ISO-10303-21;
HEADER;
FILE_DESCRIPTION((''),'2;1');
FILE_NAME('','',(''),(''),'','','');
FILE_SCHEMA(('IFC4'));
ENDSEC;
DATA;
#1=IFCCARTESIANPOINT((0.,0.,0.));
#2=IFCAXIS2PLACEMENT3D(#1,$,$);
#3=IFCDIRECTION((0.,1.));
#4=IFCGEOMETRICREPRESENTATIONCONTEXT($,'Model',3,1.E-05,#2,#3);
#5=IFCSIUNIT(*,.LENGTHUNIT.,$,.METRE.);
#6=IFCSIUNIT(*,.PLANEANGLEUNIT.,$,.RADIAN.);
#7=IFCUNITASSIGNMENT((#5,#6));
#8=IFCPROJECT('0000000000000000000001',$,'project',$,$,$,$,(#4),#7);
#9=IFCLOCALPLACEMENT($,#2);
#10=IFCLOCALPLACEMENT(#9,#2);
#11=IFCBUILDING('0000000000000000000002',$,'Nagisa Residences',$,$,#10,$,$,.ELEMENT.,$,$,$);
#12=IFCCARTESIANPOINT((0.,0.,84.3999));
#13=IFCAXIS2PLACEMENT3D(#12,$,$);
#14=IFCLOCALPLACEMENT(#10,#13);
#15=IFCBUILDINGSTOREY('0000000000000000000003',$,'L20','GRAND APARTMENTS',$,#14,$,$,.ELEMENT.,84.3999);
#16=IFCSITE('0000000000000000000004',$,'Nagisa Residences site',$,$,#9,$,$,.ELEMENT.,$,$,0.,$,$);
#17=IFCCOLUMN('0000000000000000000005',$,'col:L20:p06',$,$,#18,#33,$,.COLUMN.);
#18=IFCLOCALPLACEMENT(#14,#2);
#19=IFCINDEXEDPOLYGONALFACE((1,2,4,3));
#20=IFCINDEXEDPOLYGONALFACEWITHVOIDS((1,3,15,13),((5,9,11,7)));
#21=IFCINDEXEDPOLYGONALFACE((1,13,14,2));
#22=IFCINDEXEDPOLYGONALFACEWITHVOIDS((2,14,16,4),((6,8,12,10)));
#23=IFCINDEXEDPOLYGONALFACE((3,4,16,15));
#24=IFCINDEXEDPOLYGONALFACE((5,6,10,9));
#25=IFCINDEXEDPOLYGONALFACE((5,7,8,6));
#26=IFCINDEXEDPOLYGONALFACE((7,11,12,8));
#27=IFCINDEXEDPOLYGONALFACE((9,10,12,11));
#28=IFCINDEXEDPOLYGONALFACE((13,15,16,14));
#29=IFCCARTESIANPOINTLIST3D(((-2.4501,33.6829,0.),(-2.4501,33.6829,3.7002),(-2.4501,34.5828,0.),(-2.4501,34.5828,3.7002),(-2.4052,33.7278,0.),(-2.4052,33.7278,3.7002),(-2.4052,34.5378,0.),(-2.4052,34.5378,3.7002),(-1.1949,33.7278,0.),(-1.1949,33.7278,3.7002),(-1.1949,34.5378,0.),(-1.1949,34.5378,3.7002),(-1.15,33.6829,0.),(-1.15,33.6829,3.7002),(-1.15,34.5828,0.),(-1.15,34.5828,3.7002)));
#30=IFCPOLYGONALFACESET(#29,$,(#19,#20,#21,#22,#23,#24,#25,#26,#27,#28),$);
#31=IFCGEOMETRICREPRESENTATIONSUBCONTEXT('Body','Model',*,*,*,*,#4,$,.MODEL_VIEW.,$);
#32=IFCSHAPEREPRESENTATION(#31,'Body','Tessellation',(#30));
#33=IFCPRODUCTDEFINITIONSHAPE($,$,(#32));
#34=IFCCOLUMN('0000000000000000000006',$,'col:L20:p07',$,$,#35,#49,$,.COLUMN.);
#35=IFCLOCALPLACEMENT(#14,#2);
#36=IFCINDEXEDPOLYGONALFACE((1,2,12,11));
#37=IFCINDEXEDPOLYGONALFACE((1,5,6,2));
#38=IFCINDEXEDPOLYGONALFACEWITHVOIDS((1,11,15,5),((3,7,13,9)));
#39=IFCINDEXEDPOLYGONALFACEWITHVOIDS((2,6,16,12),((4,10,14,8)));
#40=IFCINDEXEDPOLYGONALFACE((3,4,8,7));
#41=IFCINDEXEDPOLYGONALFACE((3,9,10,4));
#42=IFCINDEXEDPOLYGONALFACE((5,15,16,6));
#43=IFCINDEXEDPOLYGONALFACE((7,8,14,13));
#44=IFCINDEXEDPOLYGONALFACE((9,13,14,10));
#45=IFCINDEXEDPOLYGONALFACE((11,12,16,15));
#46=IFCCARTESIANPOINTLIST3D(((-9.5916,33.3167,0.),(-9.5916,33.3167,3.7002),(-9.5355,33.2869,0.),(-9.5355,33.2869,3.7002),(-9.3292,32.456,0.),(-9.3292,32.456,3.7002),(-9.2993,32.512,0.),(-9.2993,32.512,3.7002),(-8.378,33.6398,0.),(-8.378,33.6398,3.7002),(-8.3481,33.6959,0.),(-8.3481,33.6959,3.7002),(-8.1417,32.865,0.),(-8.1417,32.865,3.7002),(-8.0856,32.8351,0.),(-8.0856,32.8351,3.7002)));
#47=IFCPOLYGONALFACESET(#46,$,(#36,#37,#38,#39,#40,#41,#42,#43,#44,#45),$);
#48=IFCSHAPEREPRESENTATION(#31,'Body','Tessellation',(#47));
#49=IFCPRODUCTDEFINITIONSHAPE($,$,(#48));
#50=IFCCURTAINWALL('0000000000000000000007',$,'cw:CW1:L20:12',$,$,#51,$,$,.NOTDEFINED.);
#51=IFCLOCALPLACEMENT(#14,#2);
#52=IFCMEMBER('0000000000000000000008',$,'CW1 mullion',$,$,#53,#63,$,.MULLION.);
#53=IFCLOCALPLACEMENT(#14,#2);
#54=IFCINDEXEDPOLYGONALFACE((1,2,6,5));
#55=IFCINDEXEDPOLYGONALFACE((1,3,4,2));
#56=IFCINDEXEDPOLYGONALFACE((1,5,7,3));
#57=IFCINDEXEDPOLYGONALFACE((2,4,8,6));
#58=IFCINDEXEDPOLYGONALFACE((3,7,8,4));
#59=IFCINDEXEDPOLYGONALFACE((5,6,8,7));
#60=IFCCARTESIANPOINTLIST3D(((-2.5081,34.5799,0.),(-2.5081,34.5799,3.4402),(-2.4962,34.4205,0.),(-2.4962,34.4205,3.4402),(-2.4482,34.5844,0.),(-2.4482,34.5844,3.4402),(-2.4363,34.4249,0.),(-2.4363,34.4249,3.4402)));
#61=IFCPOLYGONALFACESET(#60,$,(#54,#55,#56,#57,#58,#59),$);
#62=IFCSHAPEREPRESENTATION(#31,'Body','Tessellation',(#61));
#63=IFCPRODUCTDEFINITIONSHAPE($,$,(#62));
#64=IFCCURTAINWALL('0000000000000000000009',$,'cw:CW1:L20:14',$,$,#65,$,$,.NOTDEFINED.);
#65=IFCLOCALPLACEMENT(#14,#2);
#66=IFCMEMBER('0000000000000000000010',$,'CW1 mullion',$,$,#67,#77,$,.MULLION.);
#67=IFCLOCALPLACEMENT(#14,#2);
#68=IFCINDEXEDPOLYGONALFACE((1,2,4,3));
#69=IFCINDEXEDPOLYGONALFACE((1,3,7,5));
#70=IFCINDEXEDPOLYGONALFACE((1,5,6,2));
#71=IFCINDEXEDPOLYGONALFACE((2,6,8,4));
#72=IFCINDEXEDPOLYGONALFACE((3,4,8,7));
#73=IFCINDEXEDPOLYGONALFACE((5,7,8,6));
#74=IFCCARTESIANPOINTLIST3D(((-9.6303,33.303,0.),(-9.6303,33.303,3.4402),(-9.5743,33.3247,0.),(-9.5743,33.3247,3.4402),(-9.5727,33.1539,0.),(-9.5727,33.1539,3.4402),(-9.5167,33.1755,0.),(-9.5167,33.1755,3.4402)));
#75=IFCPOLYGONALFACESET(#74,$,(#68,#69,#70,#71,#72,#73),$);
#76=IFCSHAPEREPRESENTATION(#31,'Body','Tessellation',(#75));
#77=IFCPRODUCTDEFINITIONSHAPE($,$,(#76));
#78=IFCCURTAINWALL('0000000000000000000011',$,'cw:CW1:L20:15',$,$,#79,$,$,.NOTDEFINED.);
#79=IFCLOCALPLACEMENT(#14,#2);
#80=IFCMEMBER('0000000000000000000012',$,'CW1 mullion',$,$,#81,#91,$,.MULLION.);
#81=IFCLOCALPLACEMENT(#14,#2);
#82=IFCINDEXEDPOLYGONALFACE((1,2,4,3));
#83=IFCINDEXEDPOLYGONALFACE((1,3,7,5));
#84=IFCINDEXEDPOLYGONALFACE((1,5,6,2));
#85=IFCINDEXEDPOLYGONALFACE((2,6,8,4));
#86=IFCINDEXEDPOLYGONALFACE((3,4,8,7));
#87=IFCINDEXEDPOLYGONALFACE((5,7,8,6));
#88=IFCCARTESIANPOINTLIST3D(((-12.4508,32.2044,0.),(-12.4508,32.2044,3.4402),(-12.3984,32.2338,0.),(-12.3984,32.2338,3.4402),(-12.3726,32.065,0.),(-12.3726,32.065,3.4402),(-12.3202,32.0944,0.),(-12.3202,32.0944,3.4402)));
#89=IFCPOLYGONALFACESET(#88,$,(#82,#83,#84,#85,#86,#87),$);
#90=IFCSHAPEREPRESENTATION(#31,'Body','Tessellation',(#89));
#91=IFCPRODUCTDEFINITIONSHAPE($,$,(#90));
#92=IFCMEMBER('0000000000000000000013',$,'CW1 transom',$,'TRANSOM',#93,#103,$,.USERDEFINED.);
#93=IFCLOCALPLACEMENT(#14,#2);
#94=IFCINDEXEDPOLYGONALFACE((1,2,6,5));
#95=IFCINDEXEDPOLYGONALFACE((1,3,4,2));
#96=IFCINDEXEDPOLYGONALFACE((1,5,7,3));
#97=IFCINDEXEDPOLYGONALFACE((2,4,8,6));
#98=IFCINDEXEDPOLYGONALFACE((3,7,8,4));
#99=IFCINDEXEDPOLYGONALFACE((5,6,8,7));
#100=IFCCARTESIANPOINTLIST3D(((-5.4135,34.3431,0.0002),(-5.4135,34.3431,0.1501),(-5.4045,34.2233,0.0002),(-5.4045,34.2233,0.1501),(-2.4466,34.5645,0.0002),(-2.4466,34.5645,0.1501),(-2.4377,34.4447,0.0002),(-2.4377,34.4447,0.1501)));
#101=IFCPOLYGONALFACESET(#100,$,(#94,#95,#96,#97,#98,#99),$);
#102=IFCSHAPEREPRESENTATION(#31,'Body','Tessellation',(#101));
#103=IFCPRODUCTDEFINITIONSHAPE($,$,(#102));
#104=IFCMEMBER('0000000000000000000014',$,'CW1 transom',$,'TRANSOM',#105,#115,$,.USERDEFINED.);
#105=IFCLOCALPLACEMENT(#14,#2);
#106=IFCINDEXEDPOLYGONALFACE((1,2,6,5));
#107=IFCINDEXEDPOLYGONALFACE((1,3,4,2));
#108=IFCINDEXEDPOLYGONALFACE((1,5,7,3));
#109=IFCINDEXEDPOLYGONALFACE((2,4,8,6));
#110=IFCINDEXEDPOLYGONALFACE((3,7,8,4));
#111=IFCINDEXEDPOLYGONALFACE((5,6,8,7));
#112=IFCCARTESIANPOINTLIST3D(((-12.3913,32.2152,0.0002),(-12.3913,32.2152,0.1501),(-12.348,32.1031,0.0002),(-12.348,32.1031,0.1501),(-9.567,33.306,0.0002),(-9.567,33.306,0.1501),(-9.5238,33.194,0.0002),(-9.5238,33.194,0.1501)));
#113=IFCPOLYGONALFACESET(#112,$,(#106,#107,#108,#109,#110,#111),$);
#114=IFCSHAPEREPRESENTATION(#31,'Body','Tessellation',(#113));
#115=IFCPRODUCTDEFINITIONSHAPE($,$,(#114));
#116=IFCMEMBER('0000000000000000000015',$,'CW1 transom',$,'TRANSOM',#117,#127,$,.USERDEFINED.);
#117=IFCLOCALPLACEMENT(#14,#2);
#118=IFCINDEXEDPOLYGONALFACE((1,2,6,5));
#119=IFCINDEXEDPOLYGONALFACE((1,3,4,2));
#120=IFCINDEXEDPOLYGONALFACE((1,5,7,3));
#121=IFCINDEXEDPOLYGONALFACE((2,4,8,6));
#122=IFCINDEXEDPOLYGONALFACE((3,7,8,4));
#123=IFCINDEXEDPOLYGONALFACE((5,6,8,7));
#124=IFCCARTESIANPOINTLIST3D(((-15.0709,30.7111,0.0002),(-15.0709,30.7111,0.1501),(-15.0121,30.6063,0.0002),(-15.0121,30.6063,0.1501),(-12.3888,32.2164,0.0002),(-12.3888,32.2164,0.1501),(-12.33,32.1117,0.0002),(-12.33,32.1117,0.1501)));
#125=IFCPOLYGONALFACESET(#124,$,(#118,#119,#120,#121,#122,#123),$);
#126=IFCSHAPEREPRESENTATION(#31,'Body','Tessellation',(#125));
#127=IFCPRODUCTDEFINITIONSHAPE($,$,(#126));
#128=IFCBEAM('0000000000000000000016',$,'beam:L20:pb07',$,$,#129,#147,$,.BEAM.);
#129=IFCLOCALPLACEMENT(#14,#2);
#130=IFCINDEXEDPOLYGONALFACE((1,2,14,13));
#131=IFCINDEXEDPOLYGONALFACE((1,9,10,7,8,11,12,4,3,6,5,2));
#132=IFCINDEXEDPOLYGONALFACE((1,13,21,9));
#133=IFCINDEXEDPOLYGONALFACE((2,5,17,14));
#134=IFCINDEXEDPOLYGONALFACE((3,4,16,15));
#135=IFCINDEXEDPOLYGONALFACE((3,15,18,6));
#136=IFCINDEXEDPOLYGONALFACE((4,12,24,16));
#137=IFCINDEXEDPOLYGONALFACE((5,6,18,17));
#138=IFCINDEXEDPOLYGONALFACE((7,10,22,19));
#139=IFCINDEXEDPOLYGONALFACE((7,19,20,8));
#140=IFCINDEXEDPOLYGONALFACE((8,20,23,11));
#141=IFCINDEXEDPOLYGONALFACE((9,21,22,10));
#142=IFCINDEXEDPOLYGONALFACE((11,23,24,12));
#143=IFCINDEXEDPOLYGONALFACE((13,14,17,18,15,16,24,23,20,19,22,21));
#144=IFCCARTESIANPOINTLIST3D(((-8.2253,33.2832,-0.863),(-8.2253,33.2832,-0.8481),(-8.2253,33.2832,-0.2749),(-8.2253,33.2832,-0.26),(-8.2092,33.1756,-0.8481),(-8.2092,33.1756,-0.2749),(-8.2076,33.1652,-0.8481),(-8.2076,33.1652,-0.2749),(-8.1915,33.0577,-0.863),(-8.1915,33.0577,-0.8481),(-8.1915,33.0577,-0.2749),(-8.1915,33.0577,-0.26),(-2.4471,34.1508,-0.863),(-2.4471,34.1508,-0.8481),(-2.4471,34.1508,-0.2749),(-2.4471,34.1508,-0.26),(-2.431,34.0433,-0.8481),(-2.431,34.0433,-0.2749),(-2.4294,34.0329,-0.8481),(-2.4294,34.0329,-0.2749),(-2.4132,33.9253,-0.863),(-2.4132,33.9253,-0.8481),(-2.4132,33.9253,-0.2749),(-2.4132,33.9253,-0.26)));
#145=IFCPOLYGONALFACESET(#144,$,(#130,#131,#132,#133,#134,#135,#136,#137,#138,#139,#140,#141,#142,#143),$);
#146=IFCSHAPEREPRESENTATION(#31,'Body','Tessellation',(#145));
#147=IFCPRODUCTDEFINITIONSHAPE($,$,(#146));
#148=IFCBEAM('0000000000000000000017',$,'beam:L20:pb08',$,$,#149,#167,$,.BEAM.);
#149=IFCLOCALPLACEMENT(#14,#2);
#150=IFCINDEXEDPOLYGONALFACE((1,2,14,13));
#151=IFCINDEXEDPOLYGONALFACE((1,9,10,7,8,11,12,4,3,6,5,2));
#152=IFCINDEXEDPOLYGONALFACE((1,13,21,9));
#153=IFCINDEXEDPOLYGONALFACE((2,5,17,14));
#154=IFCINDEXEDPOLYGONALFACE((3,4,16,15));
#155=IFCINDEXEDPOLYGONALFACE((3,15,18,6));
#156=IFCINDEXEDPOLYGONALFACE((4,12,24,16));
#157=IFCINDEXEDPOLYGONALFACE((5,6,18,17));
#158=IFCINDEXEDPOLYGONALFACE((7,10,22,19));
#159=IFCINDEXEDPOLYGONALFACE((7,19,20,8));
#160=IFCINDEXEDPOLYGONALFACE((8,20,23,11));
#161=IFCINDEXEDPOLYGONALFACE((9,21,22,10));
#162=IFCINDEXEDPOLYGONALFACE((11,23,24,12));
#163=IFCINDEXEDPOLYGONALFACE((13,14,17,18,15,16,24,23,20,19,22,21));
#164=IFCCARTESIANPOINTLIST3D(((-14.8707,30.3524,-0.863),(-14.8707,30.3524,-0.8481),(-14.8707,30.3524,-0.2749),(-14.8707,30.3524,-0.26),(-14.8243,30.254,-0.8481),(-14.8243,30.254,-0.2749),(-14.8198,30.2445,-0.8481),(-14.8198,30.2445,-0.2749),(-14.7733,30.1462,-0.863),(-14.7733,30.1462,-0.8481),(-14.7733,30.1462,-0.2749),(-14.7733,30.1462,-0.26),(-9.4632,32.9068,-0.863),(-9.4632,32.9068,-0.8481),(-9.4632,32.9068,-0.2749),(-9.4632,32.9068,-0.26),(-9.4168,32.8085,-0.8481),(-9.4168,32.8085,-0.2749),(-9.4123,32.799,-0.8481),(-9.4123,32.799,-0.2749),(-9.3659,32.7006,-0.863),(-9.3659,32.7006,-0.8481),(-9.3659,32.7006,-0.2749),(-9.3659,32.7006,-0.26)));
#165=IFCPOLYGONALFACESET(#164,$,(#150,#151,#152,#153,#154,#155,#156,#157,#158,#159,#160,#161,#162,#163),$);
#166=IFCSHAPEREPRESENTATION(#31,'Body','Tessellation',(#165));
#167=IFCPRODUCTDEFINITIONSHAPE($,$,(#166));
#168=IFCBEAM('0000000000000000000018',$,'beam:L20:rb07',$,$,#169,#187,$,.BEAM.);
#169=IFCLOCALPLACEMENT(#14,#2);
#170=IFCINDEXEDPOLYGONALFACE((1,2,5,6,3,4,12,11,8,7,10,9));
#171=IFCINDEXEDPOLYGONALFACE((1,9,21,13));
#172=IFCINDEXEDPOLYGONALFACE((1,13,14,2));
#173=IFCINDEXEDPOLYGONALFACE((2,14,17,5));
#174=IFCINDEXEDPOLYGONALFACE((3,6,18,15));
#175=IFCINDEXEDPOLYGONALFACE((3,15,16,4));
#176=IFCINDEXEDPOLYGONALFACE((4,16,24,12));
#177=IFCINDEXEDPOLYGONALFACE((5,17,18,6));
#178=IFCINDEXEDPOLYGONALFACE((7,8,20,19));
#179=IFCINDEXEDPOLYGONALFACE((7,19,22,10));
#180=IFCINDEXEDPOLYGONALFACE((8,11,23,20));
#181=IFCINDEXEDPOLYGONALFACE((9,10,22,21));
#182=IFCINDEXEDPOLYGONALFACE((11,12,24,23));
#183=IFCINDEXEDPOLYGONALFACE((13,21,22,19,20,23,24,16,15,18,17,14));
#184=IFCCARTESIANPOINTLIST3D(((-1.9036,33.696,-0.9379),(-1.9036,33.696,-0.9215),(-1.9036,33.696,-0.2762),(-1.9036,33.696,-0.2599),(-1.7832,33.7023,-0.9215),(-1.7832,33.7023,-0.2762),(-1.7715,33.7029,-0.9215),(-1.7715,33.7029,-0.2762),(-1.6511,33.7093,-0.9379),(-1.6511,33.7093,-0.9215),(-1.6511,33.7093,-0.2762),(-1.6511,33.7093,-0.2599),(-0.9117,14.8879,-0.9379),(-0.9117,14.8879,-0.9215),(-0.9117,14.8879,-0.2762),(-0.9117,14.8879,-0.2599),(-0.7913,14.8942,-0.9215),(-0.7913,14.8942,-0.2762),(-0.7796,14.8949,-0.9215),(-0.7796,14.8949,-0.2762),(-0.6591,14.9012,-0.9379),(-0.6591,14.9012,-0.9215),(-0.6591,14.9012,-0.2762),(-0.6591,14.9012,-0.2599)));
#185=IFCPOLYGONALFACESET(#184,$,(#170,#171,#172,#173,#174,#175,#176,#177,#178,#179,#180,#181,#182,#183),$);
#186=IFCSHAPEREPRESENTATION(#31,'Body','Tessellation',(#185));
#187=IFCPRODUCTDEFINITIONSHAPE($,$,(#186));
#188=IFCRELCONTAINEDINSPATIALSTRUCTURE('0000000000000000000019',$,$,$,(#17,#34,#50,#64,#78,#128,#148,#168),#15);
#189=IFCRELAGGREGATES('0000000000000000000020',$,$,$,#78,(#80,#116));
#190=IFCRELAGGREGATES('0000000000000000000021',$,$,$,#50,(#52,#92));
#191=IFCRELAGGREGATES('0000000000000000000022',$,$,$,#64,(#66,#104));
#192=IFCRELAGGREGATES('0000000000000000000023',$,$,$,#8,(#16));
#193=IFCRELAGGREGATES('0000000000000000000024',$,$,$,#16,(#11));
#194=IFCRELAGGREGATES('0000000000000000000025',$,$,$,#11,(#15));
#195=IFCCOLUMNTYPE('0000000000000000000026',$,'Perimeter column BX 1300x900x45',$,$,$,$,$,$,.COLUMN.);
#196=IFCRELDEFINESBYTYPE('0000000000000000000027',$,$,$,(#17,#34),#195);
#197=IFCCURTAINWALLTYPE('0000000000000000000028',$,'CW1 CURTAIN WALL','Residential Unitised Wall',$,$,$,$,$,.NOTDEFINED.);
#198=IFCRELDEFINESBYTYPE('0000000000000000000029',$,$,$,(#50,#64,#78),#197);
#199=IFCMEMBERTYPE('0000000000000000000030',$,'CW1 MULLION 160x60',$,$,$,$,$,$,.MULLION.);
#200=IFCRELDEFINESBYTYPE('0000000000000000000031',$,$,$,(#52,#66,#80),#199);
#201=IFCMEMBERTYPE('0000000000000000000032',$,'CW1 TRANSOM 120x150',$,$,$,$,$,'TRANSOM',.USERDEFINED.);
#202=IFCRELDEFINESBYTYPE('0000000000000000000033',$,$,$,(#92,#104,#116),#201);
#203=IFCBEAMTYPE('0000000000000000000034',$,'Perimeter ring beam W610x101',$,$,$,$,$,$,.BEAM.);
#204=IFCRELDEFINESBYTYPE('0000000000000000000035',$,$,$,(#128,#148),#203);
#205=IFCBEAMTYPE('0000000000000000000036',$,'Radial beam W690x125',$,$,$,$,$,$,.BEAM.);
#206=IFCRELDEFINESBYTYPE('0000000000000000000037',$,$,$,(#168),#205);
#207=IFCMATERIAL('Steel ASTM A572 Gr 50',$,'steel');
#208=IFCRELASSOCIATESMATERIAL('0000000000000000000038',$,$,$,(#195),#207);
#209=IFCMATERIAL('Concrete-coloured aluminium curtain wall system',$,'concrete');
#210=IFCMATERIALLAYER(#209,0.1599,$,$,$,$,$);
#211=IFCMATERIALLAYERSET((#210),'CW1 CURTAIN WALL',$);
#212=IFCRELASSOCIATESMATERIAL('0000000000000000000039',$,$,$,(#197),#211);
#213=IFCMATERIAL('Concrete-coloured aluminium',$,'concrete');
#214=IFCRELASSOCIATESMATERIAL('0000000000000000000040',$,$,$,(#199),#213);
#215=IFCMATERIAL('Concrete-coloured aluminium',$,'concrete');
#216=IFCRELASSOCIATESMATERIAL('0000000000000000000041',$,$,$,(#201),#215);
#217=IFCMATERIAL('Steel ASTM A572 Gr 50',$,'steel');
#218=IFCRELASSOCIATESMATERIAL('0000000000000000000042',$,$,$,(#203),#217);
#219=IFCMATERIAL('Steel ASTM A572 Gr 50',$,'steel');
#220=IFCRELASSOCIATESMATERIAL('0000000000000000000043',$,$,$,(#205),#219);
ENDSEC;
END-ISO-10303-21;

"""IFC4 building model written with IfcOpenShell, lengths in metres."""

from ifc_helpers import new_model, si_unit, direction, frame, origin, origin_2d, place, context, subcontext, project, spatial, rectangle, hollow_rectangle, i_section, extrude, material, layer, layer_set, material_profile, profile_set, type_object, element, aggregate, save


model = new_model("IFC4")

# Units and contexts
model_context = context("Model", 3, precision=1e-05, world=origin(), true_north=direction((0.0, 1.0)))
body_context = subcontext(model_context, "Body", "Model", "MODEL_VIEW")
ifc_project = project(units=[si_unit("LENGTHUNIT", "METRE"), si_unit("PLANEANGLEUNIT", "RADIAN")], contexts=[model_context])

# Site, building, storey
site_placement = place(None, origin())
site = spatial("IfcSite", under=ifc_project, at=site_placement, Name="Nagisa Residences site", CompositionType="ELEMENT", RefElevation=0.0)
building_placement = place(site_placement, origin())
building = spatial("IfcBuilding", under=site, at=building_placement, Name="Nagisa Residences", CompositionType="ELEMENT")
storey_placement = place(building_placement, frame((0.0, 0.0, 84.3999)))
storey = spatial("IfcBuildingStorey", under=building, at=storey_placement, Name="L20", Description="GRAND APARTMENTS", CompositionType="ELEMENT", Elevation=84.3999)

# Columns
ifc_material_1 = material(Name="Steel ASTM A572 Gr 50", Category="steel")
ifc_material_profile_1 = material_profile(ifc_material_1, hollow_rectangle(XDim=1.3, YDim=0.8999, WallThickness=0.0449, at=origin_2d()), Name="BX 1300x900x45")
ifc_profile_set_1 = profile_set([ifc_material_profile_1], Name="Steel ASTM A572 Gr 50")
column_type = type_object("IfcColumnType", Name="Perimeter column BX 1300x900x45", PredefinedType="COLUMN", material=ifc_profile_set_1)
for number, where, z_axis, x_axis, name in (
    (1, (-1.8, 34.1328, 0.0), (0.0, 0.0, 1.0), (-1.0, 0.0, 0.0), "col:L20:p06"),
    (2, (-8.8386, 33.0759, 0.0), (0.0, 0.0, 1.0), (-0.956525, -0.291652, 0.0), "col:L20:p07"),
):
    element("IfcColumn", number, at=place(storey_placement, frame(where, z_axis=z_axis, x_axis=x_axis)), inside=storey, type_object=column_type, Name=name, PredefinedType="COLUMN", context=body_context, shape_type="SweptSolid", body=[
        extrude(hollow_rectangle(XDim=1.3, YDim=0.8999, WallThickness=0.0449, at=origin_2d()), origin(), (0.0, 0.0, 1.0), 3.7002),
    ])

# Curtain walls, members
ifc_material_2 = material(Name="Concrete-coloured aluminium curtain wall system", Category="concrete")
ifc_layer_1 = layer(ifc_material_2, 0.1599)
ifc_layer_set_1 = layer_set([ifc_layer_1], Name="CW1 CURTAIN WALL")
curtain_wall_type = type_object("IfcCurtainWallType", Name="CW1 CURTAIN WALL", Description="Residential Unitised Wall", PredefinedType="NOTDEFINED", material=ifc_layer_set_1)
curtain_wall_1_placement = place(storey_placement, origin())
curtain_wall_1 = element("IfcCurtainWall", 3, at=curtain_wall_1_placement, inside=storey, type_object=curtain_wall_type, Name="cw:CW1:L20:12", PredefinedType="NOTDEFINED")
ifc_material_3 = material(Name="Concrete-coloured aluminium", Category="concrete")
ifc_material_profile_2 = material_profile(ifc_material_3, rectangle(XDim=0.1599, YDim=0.0601, at=origin_2d()), Name="CW1 MULLION 160x60")
ifc_profile_set_2 = profile_set([ifc_material_profile_2], Name="Concrete-coloured aluminium")
member_type_1 = type_object("IfcMemberType", Name="CW1 MULLION 160x60", PredefinedType="MULLION", material=ifc_profile_set_2)
member_1_placement = place(storey_placement, frame((-2.4722, 34.5024, 0.0), z_axis=(0.0, 0.0, 1.0), x_axis=(0.074377, -0.99723, 0.0)))
member_1 = element("IfcMember", 4, at=member_1_placement, type_object=member_type_1, Name="CW1 mullion", PredefinedType="MULLION", context=body_context, shape_type="SweptSolid", body=[
    extrude(rectangle(XDim=0.1599, YDim=0.0601, at=origin_2d()), origin(), (0.0, 0.0, 1.0), 3.4402),
])
curtain_wall_2_placement = place(storey_placement, origin())
curtain_wall_2 = element("IfcCurtainWall", 5, at=curtain_wall_2_placement, inside=storey, type_object=curtain_wall_type, Name="cw:CW1:L20:14", PredefinedType="NOTDEFINED")
member_2_placement = place(storey_placement, frame((-9.5735, 33.2393, 0.0), z_axis=(0.0, 0.0, 1.0), x_axis=(0.360328, -0.932826, 0.0)))
member_2 = element("IfcMember", 6, at=member_2_placement, type_object=member_type_1, Name="CW1 mullion", PredefinedType="MULLION", context=body_context, shape_type="SweptSolid", body=[
    extrude(rectangle(XDim=0.1599, YDim=0.0601, at=origin_2d()), origin(), (0.0, 0.0, 1.0), 3.4402),
])
curtain_wall_3_placement = place(storey_placement, origin())
curtain_wall_3 = element("IfcCurtainWall", 7, at=curtain_wall_3_placement, inside=storey, type_object=curtain_wall_type, Name="cw:CW1:L20:15", PredefinedType="NOTDEFINED")
member_3_placement = place(storey_placement, frame((-12.3855, 32.1494, 0.0), z_axis=(0.0, 0.0, 1.0), x_axis=(0.489377, -0.872072, 0.0)))
member_3 = element("IfcMember", 8, at=member_3_placement, type_object=member_type_1, Name="CW1 mullion", PredefinedType="MULLION", context=body_context, shape_type="SweptSolid", body=[
    extrude(rectangle(XDim=0.1599, YDim=0.0601, at=origin_2d()), origin(), (0.0, 0.0, 1.0), 3.4402),
])

# Members
ifc_material_4 = material(Name="Concrete-coloured aluminium", Category="concrete")
ifc_material_profile_3 = material_profile(ifc_material_4, rectangle(XDim=0.1201, YDim=0.1499, at=origin_2d()), Name="CW1 TRANSOM 120x150")
ifc_profile_set_3 = profile_set([ifc_material_profile_3], Name="Concrete-coloured aluminium")
member_type_2 = type_object("IfcMemberType", Name="CW1 TRANSOM 120x150", ElementType="TRANSOM", PredefinedType="USERDEFINED", material=ifc_profile_set_3)
member_4_placement = place(storey_placement, frame((-2.4421, 34.5046, 0.0752), z_axis=(-0.997226, -0.074431, 0.0), x_axis=(0.074431, -0.997226, 0.0)))
member_4 = element("IfcMember", 9, at=member_4_placement, type_object=member_type_2, Name="CW1 transom", ObjectType="TRANSOM", PredefinedType="USERDEFINED", context=body_context, shape_type="SweptSolid", body=[
    extrude(rectangle(XDim=0.1201, YDim=0.1499, at=origin_2d()), origin(), (0.0, 0.0, 1.0), 2.9751),
])
member_5_placement = place(storey_placement, frame((-9.5454, 33.25, 0.0752), z_axis=(-0.932838, -0.360297, 0.0), x_axis=(0.360297, -0.932838, 0.0)))
member_5 = element("IfcMember", 10, at=member_5_placement, type_object=member_type_2, Name="CW1 transom", ObjectType="TRANSOM", PredefinedType="USERDEFINED", context=body_context, shape_type="SweptSolid", body=[
    extrude(rectangle(XDim=0.1201, YDim=0.1499, at=origin_2d()), origin(), (0.0, 0.0, 1.0), 3.0276),
])
member_6_placement = place(storey_placement, frame((-12.3594, 32.1641, 0.0752), z_axis=(-0.872037, -0.489439, 0.0), x_axis=(0.489439, -0.872037, 0.0)))
member_6 = element("IfcMember", 11, at=member_6_placement, type_object=member_type_2, Name="CW1 transom", ObjectType="TRANSOM", PredefinedType="USERDEFINED", context=body_context, shape_type="SweptSolid", body=[
    extrude(rectangle(XDim=0.1201, YDim=0.1499, at=origin_2d()), origin(), (0.0, 0.0, 1.0), 3.0757),
])
aggregate(curtain_wall_3, [member_3, member_6])

# Beams
ifc_material_5 = material(Name="Steel ASTM A572 Gr 50", Category="steel")
ifc_material_profile_4 = material_profile(ifc_material_5, i_section(OverallWidth=0.228, OverallDepth=0.603, WebThickness=0.0105, FlangeThickness=0.0149, at=origin_2d()), Name="W610x101")
ifc_profile_set_4 = profile_set([ifc_material_profile_4], Name="Steel ASTM A572 Gr 50")
beam_type_1 = type_object("IfcBeamType", Name="Perimeter ring beam W610x101", PredefinedType="BEAM", material=ifc_profile_set_4)
beam_1_placement = place(storey_placement, frame((-2.4302, 34.0381, -0.5615), z_axis=(-0.988913, -0.148496, 0.0), x_axis=(0.148496, -0.988913, 0.0)))
element("IfcBeam", 12, at=beam_1_placement, inside=storey, type_object=beam_type_1, Name="beam:L20:pb07", PredefinedType="BEAM", context=body_context, shape_type="SweptSolid", body=[
    extrude(i_section(OverallWidth=0.228, OverallDepth=0.603, WebThickness=0.0105, FlangeThickness=0.0149, at=origin_2d()), origin(), (0.0, 0.0, 1.0), 5.843),
])
beam_2_placement = place(storey_placement, frame((-9.4146, 32.8037, -0.5615), z_axis=(-0.90419, -0.427131, 0.0), x_axis=(0.427131, -0.90419, 0.0)))
element("IfcBeam", 13, at=beam_2_placement, inside=storey, type_object=beam_type_1, Name="beam:L20:pb08", PredefinedType="BEAM", context=body_context, shape_type="SweptSolid", body=[
    extrude(i_section(OverallWidth=0.228, OverallDepth=0.603, WebThickness=0.0105, FlangeThickness=0.0149, at=origin_2d()), origin(), (0.0, 0.0, 1.0), 5.9805),
])
ifc_material_6 = material(Name="Steel ASTM A572 Gr 50", Category="steel")
ifc_material_profile_5 = material_profile(ifc_material_6, i_section(OverallWidth=0.2529, OverallDepth=0.678, WebThickness=0.0117, FlangeThickness=0.0164, at=origin_2d()), Name="W690x125")
ifc_profile_set_5 = profile_set([ifc_material_profile_5], Name="Steel ASTM A572 Gr 50")
beam_type_2 = type_object("IfcBeamType", Name="Radial beam W690x125", PredefinedType="BEAM", material=ifc_profile_set_5)
beam_3_placement = place(storey_placement, frame((-1.7773, 33.7026, -0.5989), z_axis=(0.052667, -0.998612, 0.0), x_axis=(0.998612, 0.052667, 0.0)))
element("IfcBeam", 14, at=beam_3_placement, inside=storey, type_object=beam_type_2, Name="beam:L20:rb07", PredefinedType="BEAM", context=body_context, shape_type="SweptSolid", body=[
    extrude(i_section(OverallWidth=0.2529, OverallDepth=0.678, WebThickness=0.0117, FlangeThickness=0.0164, at=origin_2d()), origin(), (0.0, 0.0, 1.0), 18.8342),
])

aggregate(curtain_wall_1, [member_1, member_4])
aggregate(curtain_wall_2, [member_2, member_5])

save(model, "model.ifc")
